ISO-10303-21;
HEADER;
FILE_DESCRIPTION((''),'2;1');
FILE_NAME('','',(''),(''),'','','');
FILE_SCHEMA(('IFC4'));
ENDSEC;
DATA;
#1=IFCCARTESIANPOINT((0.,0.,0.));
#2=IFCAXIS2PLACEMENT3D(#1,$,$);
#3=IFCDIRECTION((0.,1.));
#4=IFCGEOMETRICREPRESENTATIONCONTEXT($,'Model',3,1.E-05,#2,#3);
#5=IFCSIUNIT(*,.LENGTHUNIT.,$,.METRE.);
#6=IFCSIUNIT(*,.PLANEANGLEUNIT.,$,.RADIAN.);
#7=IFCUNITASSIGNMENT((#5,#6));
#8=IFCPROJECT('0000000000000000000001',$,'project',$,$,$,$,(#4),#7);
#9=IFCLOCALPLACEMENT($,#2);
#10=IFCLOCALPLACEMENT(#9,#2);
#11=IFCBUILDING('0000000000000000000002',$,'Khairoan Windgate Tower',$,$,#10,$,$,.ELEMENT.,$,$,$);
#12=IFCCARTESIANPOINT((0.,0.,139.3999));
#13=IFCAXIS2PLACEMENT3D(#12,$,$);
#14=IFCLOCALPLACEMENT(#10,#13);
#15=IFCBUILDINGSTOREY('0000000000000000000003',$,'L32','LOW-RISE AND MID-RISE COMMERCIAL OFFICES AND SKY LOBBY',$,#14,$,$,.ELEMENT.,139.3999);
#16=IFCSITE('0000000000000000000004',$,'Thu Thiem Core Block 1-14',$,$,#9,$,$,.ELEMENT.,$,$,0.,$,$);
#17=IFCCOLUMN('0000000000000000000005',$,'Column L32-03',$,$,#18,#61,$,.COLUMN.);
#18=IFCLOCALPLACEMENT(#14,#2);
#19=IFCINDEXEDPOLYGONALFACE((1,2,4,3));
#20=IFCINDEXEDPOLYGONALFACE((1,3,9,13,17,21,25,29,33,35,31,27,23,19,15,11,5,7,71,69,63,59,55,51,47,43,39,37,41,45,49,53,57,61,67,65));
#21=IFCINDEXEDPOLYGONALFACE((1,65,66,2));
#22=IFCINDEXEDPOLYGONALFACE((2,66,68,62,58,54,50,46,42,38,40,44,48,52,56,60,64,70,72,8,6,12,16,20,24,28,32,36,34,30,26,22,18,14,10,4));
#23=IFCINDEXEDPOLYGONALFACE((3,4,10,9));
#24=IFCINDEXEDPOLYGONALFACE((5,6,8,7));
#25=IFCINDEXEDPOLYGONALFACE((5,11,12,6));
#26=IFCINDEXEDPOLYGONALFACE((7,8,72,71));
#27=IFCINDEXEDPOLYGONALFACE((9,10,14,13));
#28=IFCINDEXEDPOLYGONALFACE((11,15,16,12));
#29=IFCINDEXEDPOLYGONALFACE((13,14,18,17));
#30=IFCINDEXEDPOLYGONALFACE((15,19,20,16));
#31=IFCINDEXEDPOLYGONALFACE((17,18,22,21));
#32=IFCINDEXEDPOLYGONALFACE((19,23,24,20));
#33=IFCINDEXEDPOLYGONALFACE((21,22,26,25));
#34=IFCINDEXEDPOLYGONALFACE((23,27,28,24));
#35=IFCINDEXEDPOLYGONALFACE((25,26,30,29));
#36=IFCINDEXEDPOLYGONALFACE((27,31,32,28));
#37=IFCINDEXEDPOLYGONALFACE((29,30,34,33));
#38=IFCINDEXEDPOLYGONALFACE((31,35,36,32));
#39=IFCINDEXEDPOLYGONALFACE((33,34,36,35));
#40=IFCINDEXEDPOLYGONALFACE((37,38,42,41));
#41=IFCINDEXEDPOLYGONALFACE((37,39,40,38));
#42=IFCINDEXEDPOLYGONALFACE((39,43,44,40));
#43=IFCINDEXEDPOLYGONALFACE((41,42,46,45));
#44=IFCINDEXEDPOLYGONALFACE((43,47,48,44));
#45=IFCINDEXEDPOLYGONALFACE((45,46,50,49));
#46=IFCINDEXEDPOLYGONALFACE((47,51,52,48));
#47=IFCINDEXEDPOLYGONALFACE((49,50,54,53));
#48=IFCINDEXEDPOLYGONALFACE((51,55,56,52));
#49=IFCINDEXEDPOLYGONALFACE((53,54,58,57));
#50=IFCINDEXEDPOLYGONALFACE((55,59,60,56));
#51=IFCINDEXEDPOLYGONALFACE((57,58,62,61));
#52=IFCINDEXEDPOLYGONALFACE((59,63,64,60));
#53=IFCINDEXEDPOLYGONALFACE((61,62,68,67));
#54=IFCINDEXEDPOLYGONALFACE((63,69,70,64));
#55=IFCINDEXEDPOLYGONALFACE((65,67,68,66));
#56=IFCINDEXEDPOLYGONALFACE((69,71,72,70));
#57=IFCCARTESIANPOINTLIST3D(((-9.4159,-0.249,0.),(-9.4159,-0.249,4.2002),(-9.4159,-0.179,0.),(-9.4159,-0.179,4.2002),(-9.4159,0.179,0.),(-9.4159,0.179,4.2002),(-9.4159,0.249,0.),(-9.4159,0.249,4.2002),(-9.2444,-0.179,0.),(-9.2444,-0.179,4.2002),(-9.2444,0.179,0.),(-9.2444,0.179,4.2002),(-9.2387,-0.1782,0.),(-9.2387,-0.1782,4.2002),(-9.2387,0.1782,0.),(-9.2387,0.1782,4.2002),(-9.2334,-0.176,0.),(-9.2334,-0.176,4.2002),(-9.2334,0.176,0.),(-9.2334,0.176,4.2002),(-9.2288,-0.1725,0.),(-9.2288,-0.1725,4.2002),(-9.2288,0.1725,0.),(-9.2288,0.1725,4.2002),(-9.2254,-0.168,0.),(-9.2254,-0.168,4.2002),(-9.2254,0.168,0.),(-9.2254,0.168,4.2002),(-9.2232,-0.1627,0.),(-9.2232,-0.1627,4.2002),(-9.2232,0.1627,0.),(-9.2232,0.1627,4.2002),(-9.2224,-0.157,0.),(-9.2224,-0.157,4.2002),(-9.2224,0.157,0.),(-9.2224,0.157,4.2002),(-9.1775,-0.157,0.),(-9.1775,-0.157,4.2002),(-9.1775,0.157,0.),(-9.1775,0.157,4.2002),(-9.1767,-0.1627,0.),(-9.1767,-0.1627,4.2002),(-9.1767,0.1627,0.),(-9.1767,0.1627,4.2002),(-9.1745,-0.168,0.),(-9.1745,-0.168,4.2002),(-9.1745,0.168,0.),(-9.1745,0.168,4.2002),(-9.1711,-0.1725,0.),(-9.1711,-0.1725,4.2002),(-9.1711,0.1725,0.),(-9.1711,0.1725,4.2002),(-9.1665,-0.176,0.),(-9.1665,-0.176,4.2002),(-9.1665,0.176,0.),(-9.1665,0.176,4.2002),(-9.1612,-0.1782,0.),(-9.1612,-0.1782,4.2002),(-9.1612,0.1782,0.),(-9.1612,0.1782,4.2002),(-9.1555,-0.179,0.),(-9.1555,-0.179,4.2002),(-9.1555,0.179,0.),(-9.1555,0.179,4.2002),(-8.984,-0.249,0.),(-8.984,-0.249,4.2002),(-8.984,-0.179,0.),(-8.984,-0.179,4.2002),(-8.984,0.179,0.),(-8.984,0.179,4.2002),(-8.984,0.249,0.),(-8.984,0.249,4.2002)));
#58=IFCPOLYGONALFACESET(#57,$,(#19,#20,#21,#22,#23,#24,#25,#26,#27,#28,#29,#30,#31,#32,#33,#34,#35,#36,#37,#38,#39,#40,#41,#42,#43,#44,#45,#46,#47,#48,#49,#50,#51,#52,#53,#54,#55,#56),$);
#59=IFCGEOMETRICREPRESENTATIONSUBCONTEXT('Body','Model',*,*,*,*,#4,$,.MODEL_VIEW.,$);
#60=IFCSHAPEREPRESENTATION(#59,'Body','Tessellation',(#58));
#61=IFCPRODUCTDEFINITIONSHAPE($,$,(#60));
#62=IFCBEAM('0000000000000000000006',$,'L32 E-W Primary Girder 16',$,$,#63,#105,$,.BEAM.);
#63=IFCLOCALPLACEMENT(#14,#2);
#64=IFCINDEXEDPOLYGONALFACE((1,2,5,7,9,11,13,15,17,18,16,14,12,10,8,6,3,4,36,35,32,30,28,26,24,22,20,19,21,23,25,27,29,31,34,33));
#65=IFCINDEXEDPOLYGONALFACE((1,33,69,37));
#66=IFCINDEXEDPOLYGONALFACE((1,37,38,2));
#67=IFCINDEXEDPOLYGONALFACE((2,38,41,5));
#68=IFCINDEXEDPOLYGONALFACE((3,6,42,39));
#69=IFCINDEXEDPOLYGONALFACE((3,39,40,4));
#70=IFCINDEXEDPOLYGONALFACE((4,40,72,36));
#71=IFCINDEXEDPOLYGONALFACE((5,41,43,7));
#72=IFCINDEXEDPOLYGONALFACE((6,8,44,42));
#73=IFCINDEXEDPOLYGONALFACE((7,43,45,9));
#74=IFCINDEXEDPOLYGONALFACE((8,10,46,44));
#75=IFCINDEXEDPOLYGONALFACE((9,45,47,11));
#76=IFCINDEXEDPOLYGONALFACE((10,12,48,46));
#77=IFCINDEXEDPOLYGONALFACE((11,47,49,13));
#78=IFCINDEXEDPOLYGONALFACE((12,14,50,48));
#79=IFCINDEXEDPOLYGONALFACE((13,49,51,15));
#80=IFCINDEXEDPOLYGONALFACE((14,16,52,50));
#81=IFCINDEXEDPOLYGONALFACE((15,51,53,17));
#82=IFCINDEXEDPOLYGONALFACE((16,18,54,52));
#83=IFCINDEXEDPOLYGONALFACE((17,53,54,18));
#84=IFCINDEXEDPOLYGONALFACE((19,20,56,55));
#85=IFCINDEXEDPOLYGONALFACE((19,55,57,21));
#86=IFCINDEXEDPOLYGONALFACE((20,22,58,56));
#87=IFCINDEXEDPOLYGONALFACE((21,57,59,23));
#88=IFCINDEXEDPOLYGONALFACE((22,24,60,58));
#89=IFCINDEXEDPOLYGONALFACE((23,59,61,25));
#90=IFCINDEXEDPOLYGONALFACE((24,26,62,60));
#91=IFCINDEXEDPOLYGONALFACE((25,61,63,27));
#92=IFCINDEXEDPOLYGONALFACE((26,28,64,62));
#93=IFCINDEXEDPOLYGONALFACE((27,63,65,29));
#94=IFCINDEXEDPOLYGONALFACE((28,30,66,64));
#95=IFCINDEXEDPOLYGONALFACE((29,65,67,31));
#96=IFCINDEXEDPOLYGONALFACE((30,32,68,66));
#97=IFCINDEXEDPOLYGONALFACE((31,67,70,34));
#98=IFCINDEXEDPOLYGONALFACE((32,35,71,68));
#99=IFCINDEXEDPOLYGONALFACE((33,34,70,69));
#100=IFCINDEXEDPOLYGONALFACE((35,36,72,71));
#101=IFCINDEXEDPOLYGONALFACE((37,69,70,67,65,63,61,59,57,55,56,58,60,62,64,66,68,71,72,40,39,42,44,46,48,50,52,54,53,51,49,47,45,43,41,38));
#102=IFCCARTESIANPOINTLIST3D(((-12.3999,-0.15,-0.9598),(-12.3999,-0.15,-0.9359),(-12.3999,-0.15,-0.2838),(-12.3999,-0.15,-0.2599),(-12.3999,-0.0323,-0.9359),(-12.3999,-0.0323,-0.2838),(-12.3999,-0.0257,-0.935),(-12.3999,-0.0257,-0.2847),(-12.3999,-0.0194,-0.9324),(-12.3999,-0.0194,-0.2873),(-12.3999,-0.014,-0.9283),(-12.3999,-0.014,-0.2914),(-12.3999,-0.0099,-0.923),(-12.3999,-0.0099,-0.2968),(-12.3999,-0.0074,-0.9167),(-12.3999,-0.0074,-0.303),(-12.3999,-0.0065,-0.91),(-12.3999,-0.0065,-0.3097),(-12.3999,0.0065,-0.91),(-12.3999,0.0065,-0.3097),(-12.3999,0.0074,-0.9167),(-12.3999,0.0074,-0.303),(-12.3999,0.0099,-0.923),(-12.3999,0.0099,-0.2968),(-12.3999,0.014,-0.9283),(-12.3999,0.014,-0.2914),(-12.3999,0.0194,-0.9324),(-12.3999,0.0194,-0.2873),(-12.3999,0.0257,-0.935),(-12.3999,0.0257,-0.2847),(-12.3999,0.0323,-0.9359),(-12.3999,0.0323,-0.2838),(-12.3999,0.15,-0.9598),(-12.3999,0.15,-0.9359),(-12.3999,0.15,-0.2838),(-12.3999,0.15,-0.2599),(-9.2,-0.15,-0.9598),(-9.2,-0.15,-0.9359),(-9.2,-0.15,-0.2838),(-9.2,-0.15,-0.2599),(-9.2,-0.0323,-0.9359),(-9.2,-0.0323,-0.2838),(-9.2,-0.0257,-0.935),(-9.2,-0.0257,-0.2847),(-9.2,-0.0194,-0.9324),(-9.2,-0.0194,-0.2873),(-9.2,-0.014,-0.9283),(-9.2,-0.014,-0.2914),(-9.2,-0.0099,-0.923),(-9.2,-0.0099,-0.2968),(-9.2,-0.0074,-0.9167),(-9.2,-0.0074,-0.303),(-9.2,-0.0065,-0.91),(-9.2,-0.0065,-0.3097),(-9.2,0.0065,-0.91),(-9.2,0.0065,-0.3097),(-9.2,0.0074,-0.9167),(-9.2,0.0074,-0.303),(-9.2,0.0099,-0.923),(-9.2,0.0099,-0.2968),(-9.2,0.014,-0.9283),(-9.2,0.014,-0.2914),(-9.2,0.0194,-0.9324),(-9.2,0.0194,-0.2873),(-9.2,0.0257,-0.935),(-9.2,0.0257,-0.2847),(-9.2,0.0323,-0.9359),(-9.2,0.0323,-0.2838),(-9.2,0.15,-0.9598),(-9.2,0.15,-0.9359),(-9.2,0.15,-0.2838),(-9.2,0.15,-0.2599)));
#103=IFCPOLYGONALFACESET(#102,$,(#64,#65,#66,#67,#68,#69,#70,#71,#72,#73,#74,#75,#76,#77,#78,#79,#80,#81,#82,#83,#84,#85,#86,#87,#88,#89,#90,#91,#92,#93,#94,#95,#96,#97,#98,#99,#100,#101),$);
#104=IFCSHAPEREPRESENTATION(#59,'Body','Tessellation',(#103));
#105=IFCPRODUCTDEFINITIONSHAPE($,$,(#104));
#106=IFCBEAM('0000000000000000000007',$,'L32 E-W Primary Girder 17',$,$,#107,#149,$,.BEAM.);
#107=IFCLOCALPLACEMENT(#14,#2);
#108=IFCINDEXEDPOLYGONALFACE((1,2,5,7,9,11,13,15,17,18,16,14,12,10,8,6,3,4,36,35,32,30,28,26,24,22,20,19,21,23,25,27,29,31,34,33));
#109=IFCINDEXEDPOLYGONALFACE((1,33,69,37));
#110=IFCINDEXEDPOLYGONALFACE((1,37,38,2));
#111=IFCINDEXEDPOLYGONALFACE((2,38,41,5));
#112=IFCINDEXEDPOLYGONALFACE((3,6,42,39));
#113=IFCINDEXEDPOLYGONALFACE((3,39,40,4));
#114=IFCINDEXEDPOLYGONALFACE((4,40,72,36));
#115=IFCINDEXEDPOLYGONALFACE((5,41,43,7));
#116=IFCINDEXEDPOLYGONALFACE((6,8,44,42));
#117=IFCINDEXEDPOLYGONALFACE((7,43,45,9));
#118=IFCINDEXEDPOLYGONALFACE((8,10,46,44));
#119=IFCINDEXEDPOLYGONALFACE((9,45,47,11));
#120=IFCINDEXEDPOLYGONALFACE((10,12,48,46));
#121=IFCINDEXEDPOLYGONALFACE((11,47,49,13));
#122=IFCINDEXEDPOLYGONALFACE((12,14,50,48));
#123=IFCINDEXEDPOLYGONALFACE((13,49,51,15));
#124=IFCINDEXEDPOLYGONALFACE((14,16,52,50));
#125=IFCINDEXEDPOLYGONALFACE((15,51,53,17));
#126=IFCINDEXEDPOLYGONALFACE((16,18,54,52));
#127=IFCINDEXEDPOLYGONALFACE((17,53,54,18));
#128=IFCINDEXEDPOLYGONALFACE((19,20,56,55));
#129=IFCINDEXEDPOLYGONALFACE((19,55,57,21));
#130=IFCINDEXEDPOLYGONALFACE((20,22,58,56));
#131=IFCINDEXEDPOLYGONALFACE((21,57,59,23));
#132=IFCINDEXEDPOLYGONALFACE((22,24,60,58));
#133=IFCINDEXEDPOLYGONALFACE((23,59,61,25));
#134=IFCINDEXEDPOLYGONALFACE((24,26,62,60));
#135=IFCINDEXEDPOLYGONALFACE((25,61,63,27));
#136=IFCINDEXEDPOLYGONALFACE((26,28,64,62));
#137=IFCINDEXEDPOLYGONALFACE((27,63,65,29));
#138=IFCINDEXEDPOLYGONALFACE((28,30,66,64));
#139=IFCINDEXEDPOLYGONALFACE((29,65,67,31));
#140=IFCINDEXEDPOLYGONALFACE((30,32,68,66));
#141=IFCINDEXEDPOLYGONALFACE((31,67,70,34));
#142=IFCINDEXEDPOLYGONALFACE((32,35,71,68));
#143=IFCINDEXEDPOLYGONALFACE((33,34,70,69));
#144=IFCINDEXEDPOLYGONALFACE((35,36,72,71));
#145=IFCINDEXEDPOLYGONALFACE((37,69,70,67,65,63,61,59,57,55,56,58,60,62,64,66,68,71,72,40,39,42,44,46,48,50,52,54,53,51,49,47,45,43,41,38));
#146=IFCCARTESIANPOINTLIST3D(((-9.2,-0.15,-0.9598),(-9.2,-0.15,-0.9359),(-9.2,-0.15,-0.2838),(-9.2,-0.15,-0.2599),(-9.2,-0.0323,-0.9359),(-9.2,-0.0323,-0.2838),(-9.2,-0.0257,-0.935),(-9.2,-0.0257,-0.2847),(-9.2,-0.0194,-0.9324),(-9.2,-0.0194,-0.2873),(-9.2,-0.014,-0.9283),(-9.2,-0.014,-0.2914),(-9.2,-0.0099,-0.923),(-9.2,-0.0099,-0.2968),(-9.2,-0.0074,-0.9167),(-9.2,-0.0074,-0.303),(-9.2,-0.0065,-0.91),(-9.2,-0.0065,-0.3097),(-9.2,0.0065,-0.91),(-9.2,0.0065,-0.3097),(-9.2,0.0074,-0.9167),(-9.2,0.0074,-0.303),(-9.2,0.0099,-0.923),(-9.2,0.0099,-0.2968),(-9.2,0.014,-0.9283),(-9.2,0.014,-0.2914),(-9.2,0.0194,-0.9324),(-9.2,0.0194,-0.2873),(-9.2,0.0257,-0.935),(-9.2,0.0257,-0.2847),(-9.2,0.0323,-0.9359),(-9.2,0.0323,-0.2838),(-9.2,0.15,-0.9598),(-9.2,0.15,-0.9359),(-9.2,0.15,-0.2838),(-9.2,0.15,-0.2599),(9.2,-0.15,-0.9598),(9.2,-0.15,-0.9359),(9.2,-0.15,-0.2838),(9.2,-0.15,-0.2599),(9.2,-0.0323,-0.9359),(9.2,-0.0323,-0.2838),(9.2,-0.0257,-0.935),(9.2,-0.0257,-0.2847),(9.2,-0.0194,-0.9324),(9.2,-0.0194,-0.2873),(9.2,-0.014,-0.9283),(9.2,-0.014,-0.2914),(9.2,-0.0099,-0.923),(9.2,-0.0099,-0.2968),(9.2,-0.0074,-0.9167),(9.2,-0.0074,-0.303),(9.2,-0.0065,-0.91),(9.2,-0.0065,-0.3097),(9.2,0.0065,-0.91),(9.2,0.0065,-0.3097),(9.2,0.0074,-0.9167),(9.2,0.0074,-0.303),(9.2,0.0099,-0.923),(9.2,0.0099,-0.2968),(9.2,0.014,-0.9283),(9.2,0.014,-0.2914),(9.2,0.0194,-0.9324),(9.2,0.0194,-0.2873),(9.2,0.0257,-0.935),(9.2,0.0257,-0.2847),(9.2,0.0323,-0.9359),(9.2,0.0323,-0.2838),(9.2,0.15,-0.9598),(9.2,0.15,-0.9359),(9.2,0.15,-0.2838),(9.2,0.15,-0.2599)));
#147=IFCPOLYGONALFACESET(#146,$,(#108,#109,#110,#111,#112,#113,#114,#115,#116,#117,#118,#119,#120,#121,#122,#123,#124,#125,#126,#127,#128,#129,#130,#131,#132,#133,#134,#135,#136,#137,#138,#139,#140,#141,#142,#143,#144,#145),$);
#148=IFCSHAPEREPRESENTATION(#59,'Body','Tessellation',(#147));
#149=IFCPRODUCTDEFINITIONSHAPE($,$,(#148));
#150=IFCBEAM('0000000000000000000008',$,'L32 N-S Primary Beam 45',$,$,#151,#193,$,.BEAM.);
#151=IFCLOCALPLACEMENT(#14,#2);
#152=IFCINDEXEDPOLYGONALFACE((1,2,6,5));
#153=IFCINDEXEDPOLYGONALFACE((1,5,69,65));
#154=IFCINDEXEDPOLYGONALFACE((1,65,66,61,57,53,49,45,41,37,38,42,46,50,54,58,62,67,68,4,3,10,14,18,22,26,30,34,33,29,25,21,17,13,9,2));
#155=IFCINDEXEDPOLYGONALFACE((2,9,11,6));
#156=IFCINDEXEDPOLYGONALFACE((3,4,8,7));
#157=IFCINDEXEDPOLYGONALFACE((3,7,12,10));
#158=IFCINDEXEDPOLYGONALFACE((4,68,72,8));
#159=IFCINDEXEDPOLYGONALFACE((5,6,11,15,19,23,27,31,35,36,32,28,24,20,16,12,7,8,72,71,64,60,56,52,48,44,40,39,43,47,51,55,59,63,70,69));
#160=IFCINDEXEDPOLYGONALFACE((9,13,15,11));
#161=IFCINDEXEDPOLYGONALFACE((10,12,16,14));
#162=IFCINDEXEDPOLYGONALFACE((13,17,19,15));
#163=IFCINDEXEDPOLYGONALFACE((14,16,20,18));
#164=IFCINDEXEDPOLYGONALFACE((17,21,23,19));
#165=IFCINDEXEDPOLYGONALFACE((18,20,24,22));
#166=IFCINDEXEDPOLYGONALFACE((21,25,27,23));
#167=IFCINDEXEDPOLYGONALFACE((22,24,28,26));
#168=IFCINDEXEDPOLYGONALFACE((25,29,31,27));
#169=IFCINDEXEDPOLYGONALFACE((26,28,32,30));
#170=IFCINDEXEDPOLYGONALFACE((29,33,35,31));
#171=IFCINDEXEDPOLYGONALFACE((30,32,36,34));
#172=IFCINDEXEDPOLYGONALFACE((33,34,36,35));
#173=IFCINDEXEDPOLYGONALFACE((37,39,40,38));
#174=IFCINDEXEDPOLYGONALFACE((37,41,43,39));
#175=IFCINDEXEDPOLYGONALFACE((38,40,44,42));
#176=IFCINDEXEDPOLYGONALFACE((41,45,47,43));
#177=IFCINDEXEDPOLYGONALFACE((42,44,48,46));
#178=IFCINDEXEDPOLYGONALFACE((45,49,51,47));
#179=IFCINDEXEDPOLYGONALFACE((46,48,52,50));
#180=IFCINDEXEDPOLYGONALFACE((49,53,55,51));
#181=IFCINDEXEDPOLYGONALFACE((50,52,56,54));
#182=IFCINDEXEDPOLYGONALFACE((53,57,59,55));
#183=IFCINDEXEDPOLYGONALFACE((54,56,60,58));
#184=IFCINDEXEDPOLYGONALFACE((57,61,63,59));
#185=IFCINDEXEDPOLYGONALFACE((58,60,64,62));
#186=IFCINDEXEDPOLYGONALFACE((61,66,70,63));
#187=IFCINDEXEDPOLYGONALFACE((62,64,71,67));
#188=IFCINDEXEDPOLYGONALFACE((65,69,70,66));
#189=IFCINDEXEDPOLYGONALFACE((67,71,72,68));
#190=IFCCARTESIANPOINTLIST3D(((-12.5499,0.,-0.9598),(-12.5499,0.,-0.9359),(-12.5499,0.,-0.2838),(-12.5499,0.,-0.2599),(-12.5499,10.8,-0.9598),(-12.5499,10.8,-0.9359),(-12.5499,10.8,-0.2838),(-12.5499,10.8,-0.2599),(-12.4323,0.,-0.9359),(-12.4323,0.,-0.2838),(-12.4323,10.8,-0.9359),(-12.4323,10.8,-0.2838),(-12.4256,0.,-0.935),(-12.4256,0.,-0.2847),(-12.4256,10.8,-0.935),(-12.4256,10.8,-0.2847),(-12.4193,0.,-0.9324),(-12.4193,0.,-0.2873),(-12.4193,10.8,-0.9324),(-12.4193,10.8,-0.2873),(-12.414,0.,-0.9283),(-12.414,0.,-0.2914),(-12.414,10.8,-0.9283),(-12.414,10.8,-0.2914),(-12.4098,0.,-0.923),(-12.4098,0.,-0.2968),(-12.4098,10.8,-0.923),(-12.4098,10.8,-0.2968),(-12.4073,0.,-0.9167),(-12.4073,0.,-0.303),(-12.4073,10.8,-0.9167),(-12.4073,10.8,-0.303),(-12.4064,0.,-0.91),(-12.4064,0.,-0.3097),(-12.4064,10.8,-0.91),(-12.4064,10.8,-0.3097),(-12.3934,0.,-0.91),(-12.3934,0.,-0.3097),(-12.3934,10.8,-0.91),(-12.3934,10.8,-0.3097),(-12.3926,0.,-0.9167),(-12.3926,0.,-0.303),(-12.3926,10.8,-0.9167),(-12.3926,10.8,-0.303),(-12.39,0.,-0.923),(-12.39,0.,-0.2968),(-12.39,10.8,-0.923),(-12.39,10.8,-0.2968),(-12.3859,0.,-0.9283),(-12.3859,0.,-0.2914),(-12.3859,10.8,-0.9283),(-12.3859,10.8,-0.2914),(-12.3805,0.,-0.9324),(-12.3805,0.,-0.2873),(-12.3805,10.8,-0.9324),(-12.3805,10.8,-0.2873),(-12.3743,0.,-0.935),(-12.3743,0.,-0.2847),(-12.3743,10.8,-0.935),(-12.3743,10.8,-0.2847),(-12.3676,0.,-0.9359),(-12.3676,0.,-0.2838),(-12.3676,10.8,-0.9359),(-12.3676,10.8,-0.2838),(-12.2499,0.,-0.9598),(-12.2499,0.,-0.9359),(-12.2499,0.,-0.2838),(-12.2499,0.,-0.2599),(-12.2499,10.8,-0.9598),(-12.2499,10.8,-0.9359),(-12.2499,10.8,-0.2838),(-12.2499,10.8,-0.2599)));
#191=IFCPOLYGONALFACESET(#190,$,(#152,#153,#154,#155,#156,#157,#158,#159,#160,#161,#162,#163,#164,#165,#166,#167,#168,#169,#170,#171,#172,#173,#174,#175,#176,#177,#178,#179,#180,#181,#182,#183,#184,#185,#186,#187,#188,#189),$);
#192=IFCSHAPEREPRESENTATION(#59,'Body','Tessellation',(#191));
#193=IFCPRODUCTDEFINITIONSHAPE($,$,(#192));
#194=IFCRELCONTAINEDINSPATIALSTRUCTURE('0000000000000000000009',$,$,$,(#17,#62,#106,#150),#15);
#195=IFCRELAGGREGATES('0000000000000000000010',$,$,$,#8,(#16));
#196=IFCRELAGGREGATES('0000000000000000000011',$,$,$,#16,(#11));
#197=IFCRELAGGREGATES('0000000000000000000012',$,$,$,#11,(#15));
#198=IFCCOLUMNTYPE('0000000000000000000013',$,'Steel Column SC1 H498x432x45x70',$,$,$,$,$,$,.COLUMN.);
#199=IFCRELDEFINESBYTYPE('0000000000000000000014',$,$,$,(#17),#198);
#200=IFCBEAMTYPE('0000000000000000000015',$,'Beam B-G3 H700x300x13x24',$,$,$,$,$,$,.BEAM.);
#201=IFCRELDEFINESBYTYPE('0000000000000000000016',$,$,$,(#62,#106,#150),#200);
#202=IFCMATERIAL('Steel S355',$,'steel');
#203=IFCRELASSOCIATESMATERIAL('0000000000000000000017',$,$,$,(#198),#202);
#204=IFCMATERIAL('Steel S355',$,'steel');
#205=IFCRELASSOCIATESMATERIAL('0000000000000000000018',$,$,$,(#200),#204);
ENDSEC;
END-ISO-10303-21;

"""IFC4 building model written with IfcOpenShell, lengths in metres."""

from ifc_helpers import new_model, si_unit, direction, frame, origin, origin_2d, place, context, subcontext, project, spatial, i_section, extrude, material, material_profile, profile_set, type_object, element, save


model = new_model("IFC4")

# Units and contexts
model_context = context("Model", 3, precision=1e-05, world=origin(), true_north=direction((0.0, 1.0)))
body_context = subcontext(model_context, "Body", "Model", "MODEL_VIEW")
ifc_project = project(units=[si_unit("LENGTHUNIT", "METRE"), si_unit("PLANEANGLEUNIT", "RADIAN")], contexts=[model_context])

# Site, building, storey
site_placement = place(None, origin())
site = spatial("IfcSite", under=ifc_project, at=site_placement, Name="Thu Thiem Core Block 1-14", CompositionType="ELEMENT", RefElevation=0.0)
building_placement = place(site_placement, origin())
building = spatial("IfcBuilding", under=site, at=building_placement, Name="Khairoan Windgate Tower", CompositionType="ELEMENT")
storey_placement = place(building_placement, frame((0.0, 0.0, 139.3999)))
storey = spatial("IfcBuildingStorey", under=building, at=storey_placement, Name="L32", Description="LOW-RISE AND MID-RISE COMMERCIAL OFFICES AND SKY LOBBY", CompositionType="ELEMENT", Elevation=139.3999)

# Column
ifc_material_1 = material(Name="Steel S355", Category="steel")
ifc_material_profile_1 = material_profile(ifc_material_1, i_section(OverallWidth=0.4319, OverallDepth=0.498, WebThickness=0.0449, FlangeThickness=0.0701, FilletRadius=0.022, at=origin_2d()))
ifc_profile_set_1 = profile_set([ifc_material_profile_1], Name="Steel S355")
column_type = type_object("IfcColumnType", Name="Steel Column SC1 H498x432x45x70", PredefinedType="COLUMN", material=ifc_profile_set_1)
column_placement = place(storey_placement, frame((-9.2, 0.0, 0.0), z_axis=(0.0, 0.0, 1.0), x_axis=(1.0, 0.0, 0.0)))
element("IfcColumn", 1, at=column_placement, inside=storey, type_object=column_type, Name="Column L32-03", PredefinedType="COLUMN", context=body_context, shape_type="SweptSolid", body=[
    extrude(i_section(OverallWidth=0.4319, OverallDepth=0.498, WebThickness=0.0449, FlangeThickness=0.0701, FilletRadius=0.022, at=origin_2d()), origin(), (0.0, 0.0, 1.0), 4.2002),
])

# Beams
ifc_material_2 = material(Name="Steel S355", Category="steel")
ifc_material_profile_2 = material_profile(ifc_material_2, i_section(OverallWidth=0.3, OverallDepth=0.7, WebThickness=0.0129, FlangeThickness=0.0239, FilletRadius=0.0259, at=origin_2d()))
ifc_profile_set_2 = profile_set([ifc_material_profile_2], Name="Steel S355")
beam_type = type_object("IfcBeamType", Name="Beam B-G3 H700x300x13x24", PredefinedType="BEAM", material=ifc_profile_set_2)
beam_1_placement = place(storey_placement, frame((-12.3999, 0.0, -0.6099), z_axis=(1.0, 0.0, 0.0), x_axis=(0.0, 1.0, 0.0)))
element("IfcBeam", 2, at=beam_1_placement, inside=storey, type_object=beam_type, Name="L32 E-W Primary Girder 16", PredefinedType="BEAM", context=body_context, shape_type="SweptSolid", body=[
    extrude(i_section(OverallWidth=0.3, OverallDepth=0.7, WebThickness=0.0129, FlangeThickness=0.0239, FilletRadius=0.0259, at=origin_2d()), origin(), (0.0, 0.0, 1.0), 3.2),
])
beam_2_placement = place(storey_placement, frame((-9.2, 0.0, -0.6099), z_axis=(1.0, 0.0, 0.0), x_axis=(0.0, 1.0, 0.0)))
element("IfcBeam", 3, at=beam_2_placement, inside=storey, type_object=beam_type, Name="L32 E-W Primary Girder 17", PredefinedType="BEAM", context=body_context, shape_type="SweptSolid", body=[
    extrude(i_section(OverallWidth=0.3, OverallDepth=0.7, WebThickness=0.0129, FlangeThickness=0.0239, FilletRadius=0.0259, at=origin_2d()), origin(), (0.0, 0.0, 1.0), 18.3999),
])
for number, where, z_axis, x_axis, name in (
    (4, (-12.3999, 0.0, -0.6099), (0.0, 1.0, 0.0), (-1.0, 0.0, 0.0), "L32 N-S Primary Beam 45"),
):
    element("IfcBeam", number, at=place(storey_placement, frame(where, z_axis=z_axis, x_axis=x_axis)), inside=storey, type_object=beam_type, Name=name, PredefinedType="BEAM", context=body_context, shape_type="SweptSolid", body=[
        extrude(i_section(OverallWidth=0.3, OverallDepth=0.7, WebThickness=0.0129, FlangeThickness=0.0239, FilletRadius=0.0259, at=origin_2d()), origin(), (0.0, 0.0, 1.0), 10.8),
    ])

save(model, "model.ifc")
